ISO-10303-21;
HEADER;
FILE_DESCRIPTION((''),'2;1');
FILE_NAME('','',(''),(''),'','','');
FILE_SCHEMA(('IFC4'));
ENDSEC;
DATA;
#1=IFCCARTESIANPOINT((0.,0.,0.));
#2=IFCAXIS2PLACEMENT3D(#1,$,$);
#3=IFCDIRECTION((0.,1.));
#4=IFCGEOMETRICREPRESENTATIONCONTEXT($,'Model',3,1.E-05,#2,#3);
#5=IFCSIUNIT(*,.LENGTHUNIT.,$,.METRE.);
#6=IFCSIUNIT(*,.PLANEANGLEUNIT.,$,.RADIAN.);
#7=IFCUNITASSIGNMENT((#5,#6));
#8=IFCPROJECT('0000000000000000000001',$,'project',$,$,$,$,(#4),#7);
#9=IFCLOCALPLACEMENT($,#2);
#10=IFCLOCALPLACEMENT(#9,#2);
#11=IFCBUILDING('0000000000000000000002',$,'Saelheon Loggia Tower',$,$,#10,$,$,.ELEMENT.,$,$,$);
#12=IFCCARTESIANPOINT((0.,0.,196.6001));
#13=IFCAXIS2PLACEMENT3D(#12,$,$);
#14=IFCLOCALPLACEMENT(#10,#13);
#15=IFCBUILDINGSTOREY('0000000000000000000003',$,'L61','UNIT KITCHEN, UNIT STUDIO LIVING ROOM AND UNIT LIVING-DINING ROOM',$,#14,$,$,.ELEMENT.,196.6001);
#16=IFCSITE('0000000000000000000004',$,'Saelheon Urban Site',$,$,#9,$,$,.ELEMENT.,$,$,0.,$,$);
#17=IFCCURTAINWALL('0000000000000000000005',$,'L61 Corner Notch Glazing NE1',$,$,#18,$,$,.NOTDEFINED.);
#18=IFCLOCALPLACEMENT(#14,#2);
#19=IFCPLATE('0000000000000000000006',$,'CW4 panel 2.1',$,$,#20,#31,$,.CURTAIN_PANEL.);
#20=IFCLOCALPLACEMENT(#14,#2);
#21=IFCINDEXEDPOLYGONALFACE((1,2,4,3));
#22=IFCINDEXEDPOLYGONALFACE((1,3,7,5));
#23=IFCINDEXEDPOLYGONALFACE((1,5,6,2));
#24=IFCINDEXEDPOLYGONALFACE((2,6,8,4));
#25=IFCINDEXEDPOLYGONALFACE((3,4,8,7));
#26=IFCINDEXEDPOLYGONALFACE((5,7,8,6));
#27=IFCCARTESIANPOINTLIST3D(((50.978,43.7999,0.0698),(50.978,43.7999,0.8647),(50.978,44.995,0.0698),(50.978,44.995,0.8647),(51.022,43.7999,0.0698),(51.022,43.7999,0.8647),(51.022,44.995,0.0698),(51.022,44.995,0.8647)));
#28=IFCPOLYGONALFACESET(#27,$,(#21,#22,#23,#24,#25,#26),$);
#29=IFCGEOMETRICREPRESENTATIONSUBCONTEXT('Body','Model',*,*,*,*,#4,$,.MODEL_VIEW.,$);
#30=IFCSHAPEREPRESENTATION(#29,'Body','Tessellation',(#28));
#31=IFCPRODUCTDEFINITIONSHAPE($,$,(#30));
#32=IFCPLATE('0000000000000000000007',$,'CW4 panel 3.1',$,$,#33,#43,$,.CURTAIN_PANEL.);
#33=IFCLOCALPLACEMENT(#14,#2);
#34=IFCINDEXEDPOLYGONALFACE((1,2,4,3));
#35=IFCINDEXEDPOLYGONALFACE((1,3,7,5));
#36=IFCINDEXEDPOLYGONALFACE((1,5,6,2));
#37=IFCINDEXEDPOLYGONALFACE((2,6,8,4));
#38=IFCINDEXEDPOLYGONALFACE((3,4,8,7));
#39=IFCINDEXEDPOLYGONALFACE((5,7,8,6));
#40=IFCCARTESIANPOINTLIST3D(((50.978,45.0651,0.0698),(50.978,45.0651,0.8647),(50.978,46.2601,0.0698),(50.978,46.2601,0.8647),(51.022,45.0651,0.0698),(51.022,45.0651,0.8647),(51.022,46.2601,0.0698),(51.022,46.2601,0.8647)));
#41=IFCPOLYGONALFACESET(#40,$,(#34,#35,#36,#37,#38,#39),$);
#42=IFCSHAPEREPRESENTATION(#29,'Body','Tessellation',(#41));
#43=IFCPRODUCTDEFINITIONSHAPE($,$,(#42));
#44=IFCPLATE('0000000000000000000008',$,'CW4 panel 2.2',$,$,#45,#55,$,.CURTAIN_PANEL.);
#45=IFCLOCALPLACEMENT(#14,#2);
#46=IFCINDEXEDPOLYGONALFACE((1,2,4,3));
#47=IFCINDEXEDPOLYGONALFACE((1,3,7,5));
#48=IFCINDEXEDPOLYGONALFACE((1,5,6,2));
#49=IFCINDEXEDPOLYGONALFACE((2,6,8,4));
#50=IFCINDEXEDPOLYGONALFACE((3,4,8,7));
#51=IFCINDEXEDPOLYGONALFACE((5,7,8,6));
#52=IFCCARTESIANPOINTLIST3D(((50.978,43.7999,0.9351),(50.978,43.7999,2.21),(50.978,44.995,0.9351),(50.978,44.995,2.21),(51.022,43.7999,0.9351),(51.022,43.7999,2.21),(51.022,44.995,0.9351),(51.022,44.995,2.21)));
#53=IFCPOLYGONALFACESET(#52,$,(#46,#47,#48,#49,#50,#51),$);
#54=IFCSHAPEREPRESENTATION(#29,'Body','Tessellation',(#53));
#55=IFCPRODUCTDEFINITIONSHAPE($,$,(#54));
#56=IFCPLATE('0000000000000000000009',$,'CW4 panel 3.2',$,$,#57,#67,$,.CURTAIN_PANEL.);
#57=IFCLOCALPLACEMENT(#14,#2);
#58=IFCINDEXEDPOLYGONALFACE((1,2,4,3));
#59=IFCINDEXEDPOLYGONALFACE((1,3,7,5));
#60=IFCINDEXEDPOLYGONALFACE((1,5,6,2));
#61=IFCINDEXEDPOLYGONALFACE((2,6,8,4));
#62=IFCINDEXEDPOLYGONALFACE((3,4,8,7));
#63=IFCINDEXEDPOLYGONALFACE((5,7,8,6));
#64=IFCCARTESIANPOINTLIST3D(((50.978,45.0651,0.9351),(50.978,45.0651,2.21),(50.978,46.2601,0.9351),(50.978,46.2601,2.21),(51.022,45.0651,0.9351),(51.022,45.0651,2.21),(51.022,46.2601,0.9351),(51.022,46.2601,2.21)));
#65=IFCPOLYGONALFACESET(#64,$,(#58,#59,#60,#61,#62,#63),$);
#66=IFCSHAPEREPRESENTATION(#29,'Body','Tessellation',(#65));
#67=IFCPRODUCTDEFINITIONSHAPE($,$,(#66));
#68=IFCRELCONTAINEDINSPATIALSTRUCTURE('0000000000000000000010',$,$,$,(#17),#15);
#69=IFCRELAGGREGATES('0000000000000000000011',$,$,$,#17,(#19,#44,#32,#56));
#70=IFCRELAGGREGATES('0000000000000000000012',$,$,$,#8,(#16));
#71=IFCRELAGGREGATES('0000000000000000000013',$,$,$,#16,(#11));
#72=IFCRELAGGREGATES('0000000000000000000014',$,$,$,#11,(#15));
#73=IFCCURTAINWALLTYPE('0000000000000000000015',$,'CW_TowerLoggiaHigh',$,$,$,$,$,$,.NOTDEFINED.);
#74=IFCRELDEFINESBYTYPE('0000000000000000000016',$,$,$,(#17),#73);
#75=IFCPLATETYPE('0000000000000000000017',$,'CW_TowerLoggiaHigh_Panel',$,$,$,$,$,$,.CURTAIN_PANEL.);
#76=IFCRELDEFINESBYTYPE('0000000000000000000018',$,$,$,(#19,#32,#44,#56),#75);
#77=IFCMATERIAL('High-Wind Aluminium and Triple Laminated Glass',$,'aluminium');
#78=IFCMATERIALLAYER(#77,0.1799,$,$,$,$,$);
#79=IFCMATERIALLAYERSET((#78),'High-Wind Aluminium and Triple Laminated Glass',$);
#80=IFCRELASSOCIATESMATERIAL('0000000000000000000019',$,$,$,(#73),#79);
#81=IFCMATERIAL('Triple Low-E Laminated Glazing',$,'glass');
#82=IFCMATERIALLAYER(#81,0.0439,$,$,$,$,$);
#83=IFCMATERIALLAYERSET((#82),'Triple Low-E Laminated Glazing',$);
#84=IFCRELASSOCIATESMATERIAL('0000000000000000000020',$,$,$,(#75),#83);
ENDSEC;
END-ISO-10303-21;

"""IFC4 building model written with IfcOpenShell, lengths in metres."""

from ifc_helpers import new_model, si_unit, direction, frame, origin, origin_2d, place, context, subcontext, project, spatial, rectangle, extrude, source, transform, mapped, material, layer, layer_set, type_object, element, aggregate, save


model = new_model("IFC4")

# Units and contexts
model_context = context("Model", 3, precision=1e-05, world=origin(), true_north=direction((0.0, 1.0)))
body_context = subcontext(model_context, "Body", "Model", "MODEL_VIEW")
ifc_project = project(units=[si_unit("LENGTHUNIT", "METRE"), si_unit("PLANEANGLEUNIT", "RADIAN")], contexts=[model_context])

# Site, building, storey
site_placement = place(None, origin())
site = spatial("IfcSite", under=ifc_project, at=site_placement, Name="Saelheon Urban Site", CompositionType="ELEMENT", RefElevation=0.0)
building_placement = place(site_placement, origin())
building = spatial("IfcBuilding", under=site, at=building_placement, Name="Saelheon Loggia Tower", CompositionType="ELEMENT")
storey_placement = place(building_placement, frame((0.0, 0.0, 196.6001)))
storey = spatial("IfcBuildingStorey", under=building, at=storey_placement, Name="L61", Description="UNIT KITCHEN, UNIT STUDIO LIVING ROOM AND UNIT LIVING-DINING ROOM", CompositionType="ELEMENT", Elevation=196.6001)

# Curtain wall, plates
ifc_material_1 = material(Name="High-Wind Aluminium and Triple Laminated Glass", Category="aluminium")
ifc_layer_1 = layer(ifc_material_1, 0.1799)
ifc_layer_set_1 = layer_set([ifc_layer_1], Name="High-Wind Aluminium and Triple Laminated Glass")
curtain_wall_type = type_object("IfcCurtainWallType", Name="CW_TowerLoggiaHigh", PredefinedType="NOTDEFINED", material=ifc_layer_set_1)
curtain_wall_placement = place(storey_placement, origin())
curtain_wall = element("IfcCurtainWall", 1, at=curtain_wall_placement, inside=storey, type_object=curtain_wall_type, Name="L61 Corner Notch Glazing NE1", PredefinedType="NOTDEFINED")
ifc_material_2 = material(Name="Triple Low-E Laminated Glazing", Category="glass")
ifc_layer_2 = layer(ifc_material_2, 0.0439)
ifc_layer_set_2 = layer_set([ifc_layer_2], Name="Triple Low-E Laminated Glazing")
plate_type = type_object("IfcPlateType", Name="CW_TowerLoggiaHigh_Panel", PredefinedType="CURTAIN_PANEL", material=ifc_layer_set_2)
shared_shape_1 = source(origin(), body_context, "Body", "SweptSolid", [
    extrude(rectangle(XDim=1.1951, YDim=0.0439, at=origin_2d()), origin(), (0.0, 0.0, 1.0), 0.7949),
])
plate_1_placement = place(storey_placement, frame((51.0, 44.3975, 0.0698), z_axis=(0.0, 0.0, 1.0), x_axis=(0.0, 1.0, 0.0)))
plate_1 = element("IfcPlate", 2, at=plate_1_placement, type_object=plate_type, Name="CW4 panel 2.1", PredefinedType="CURTAIN_PANEL", context=body_context, shape_type="MappedRepresentation", body=[
    mapped(shared_shape_1, transform((0.0, 0.0, 0.0), scale=1.0)),
])
plate_2_placement = place(storey_placement, frame((51.0, 45.6626, 0.0698), z_axis=(0.0, 0.0, 1.0), x_axis=(0.0, 1.0, 0.0)))
plate_2 = element("IfcPlate", 3, at=plate_2_placement, type_object=plate_type, Name="CW4 panel 3.1", PredefinedType="CURTAIN_PANEL", context=body_context, shape_type="MappedRepresentation", body=[
    mapped(shared_shape_1, transform((0.0, 0.0, 0.0), scale=1.0)),
])
shared_shape_2 = source(origin(), body_context, "Body", "SweptSolid", [
    extrude(rectangle(XDim=1.1951, YDim=0.0439, at=origin_2d()), origin(), (0.0, 0.0, 1.0), 1.2749),
])
plate_3_placement = place(storey_placement, frame((51.0, 44.3975, 0.9351), z_axis=(0.0, 0.0, 1.0), x_axis=(0.0, 1.0, 0.0)))
plate_3 = element("IfcPlate", 4, at=plate_3_placement, type_object=plate_type, Name="CW4 panel 2.2", PredefinedType="CURTAIN_PANEL", context=body_context, shape_type="MappedRepresentation", body=[
    mapped(shared_shape_2, transform((0.0, 0.0, 0.0), scale=1.0)),
])
plate_4_placement = place(storey_placement, frame((51.0, 45.6626, 0.9351), z_axis=(0.0, 0.0, 1.0), x_axis=(0.0, 1.0, 0.0)))
plate_4 = element("IfcPlate", 5, at=plate_4_placement, type_object=plate_type, Name="CW4 panel 3.2", PredefinedType="CURTAIN_PANEL", context=body_context, shape_type="MappedRepresentation", body=[
    mapped(shared_shape_2, transform((0.0, 0.0, 0.0), scale=1.0)),
])
aggregate(curtain_wall, [plate_1, plate_3, plate_2, plate_4])

save(model, "model.ifc")
